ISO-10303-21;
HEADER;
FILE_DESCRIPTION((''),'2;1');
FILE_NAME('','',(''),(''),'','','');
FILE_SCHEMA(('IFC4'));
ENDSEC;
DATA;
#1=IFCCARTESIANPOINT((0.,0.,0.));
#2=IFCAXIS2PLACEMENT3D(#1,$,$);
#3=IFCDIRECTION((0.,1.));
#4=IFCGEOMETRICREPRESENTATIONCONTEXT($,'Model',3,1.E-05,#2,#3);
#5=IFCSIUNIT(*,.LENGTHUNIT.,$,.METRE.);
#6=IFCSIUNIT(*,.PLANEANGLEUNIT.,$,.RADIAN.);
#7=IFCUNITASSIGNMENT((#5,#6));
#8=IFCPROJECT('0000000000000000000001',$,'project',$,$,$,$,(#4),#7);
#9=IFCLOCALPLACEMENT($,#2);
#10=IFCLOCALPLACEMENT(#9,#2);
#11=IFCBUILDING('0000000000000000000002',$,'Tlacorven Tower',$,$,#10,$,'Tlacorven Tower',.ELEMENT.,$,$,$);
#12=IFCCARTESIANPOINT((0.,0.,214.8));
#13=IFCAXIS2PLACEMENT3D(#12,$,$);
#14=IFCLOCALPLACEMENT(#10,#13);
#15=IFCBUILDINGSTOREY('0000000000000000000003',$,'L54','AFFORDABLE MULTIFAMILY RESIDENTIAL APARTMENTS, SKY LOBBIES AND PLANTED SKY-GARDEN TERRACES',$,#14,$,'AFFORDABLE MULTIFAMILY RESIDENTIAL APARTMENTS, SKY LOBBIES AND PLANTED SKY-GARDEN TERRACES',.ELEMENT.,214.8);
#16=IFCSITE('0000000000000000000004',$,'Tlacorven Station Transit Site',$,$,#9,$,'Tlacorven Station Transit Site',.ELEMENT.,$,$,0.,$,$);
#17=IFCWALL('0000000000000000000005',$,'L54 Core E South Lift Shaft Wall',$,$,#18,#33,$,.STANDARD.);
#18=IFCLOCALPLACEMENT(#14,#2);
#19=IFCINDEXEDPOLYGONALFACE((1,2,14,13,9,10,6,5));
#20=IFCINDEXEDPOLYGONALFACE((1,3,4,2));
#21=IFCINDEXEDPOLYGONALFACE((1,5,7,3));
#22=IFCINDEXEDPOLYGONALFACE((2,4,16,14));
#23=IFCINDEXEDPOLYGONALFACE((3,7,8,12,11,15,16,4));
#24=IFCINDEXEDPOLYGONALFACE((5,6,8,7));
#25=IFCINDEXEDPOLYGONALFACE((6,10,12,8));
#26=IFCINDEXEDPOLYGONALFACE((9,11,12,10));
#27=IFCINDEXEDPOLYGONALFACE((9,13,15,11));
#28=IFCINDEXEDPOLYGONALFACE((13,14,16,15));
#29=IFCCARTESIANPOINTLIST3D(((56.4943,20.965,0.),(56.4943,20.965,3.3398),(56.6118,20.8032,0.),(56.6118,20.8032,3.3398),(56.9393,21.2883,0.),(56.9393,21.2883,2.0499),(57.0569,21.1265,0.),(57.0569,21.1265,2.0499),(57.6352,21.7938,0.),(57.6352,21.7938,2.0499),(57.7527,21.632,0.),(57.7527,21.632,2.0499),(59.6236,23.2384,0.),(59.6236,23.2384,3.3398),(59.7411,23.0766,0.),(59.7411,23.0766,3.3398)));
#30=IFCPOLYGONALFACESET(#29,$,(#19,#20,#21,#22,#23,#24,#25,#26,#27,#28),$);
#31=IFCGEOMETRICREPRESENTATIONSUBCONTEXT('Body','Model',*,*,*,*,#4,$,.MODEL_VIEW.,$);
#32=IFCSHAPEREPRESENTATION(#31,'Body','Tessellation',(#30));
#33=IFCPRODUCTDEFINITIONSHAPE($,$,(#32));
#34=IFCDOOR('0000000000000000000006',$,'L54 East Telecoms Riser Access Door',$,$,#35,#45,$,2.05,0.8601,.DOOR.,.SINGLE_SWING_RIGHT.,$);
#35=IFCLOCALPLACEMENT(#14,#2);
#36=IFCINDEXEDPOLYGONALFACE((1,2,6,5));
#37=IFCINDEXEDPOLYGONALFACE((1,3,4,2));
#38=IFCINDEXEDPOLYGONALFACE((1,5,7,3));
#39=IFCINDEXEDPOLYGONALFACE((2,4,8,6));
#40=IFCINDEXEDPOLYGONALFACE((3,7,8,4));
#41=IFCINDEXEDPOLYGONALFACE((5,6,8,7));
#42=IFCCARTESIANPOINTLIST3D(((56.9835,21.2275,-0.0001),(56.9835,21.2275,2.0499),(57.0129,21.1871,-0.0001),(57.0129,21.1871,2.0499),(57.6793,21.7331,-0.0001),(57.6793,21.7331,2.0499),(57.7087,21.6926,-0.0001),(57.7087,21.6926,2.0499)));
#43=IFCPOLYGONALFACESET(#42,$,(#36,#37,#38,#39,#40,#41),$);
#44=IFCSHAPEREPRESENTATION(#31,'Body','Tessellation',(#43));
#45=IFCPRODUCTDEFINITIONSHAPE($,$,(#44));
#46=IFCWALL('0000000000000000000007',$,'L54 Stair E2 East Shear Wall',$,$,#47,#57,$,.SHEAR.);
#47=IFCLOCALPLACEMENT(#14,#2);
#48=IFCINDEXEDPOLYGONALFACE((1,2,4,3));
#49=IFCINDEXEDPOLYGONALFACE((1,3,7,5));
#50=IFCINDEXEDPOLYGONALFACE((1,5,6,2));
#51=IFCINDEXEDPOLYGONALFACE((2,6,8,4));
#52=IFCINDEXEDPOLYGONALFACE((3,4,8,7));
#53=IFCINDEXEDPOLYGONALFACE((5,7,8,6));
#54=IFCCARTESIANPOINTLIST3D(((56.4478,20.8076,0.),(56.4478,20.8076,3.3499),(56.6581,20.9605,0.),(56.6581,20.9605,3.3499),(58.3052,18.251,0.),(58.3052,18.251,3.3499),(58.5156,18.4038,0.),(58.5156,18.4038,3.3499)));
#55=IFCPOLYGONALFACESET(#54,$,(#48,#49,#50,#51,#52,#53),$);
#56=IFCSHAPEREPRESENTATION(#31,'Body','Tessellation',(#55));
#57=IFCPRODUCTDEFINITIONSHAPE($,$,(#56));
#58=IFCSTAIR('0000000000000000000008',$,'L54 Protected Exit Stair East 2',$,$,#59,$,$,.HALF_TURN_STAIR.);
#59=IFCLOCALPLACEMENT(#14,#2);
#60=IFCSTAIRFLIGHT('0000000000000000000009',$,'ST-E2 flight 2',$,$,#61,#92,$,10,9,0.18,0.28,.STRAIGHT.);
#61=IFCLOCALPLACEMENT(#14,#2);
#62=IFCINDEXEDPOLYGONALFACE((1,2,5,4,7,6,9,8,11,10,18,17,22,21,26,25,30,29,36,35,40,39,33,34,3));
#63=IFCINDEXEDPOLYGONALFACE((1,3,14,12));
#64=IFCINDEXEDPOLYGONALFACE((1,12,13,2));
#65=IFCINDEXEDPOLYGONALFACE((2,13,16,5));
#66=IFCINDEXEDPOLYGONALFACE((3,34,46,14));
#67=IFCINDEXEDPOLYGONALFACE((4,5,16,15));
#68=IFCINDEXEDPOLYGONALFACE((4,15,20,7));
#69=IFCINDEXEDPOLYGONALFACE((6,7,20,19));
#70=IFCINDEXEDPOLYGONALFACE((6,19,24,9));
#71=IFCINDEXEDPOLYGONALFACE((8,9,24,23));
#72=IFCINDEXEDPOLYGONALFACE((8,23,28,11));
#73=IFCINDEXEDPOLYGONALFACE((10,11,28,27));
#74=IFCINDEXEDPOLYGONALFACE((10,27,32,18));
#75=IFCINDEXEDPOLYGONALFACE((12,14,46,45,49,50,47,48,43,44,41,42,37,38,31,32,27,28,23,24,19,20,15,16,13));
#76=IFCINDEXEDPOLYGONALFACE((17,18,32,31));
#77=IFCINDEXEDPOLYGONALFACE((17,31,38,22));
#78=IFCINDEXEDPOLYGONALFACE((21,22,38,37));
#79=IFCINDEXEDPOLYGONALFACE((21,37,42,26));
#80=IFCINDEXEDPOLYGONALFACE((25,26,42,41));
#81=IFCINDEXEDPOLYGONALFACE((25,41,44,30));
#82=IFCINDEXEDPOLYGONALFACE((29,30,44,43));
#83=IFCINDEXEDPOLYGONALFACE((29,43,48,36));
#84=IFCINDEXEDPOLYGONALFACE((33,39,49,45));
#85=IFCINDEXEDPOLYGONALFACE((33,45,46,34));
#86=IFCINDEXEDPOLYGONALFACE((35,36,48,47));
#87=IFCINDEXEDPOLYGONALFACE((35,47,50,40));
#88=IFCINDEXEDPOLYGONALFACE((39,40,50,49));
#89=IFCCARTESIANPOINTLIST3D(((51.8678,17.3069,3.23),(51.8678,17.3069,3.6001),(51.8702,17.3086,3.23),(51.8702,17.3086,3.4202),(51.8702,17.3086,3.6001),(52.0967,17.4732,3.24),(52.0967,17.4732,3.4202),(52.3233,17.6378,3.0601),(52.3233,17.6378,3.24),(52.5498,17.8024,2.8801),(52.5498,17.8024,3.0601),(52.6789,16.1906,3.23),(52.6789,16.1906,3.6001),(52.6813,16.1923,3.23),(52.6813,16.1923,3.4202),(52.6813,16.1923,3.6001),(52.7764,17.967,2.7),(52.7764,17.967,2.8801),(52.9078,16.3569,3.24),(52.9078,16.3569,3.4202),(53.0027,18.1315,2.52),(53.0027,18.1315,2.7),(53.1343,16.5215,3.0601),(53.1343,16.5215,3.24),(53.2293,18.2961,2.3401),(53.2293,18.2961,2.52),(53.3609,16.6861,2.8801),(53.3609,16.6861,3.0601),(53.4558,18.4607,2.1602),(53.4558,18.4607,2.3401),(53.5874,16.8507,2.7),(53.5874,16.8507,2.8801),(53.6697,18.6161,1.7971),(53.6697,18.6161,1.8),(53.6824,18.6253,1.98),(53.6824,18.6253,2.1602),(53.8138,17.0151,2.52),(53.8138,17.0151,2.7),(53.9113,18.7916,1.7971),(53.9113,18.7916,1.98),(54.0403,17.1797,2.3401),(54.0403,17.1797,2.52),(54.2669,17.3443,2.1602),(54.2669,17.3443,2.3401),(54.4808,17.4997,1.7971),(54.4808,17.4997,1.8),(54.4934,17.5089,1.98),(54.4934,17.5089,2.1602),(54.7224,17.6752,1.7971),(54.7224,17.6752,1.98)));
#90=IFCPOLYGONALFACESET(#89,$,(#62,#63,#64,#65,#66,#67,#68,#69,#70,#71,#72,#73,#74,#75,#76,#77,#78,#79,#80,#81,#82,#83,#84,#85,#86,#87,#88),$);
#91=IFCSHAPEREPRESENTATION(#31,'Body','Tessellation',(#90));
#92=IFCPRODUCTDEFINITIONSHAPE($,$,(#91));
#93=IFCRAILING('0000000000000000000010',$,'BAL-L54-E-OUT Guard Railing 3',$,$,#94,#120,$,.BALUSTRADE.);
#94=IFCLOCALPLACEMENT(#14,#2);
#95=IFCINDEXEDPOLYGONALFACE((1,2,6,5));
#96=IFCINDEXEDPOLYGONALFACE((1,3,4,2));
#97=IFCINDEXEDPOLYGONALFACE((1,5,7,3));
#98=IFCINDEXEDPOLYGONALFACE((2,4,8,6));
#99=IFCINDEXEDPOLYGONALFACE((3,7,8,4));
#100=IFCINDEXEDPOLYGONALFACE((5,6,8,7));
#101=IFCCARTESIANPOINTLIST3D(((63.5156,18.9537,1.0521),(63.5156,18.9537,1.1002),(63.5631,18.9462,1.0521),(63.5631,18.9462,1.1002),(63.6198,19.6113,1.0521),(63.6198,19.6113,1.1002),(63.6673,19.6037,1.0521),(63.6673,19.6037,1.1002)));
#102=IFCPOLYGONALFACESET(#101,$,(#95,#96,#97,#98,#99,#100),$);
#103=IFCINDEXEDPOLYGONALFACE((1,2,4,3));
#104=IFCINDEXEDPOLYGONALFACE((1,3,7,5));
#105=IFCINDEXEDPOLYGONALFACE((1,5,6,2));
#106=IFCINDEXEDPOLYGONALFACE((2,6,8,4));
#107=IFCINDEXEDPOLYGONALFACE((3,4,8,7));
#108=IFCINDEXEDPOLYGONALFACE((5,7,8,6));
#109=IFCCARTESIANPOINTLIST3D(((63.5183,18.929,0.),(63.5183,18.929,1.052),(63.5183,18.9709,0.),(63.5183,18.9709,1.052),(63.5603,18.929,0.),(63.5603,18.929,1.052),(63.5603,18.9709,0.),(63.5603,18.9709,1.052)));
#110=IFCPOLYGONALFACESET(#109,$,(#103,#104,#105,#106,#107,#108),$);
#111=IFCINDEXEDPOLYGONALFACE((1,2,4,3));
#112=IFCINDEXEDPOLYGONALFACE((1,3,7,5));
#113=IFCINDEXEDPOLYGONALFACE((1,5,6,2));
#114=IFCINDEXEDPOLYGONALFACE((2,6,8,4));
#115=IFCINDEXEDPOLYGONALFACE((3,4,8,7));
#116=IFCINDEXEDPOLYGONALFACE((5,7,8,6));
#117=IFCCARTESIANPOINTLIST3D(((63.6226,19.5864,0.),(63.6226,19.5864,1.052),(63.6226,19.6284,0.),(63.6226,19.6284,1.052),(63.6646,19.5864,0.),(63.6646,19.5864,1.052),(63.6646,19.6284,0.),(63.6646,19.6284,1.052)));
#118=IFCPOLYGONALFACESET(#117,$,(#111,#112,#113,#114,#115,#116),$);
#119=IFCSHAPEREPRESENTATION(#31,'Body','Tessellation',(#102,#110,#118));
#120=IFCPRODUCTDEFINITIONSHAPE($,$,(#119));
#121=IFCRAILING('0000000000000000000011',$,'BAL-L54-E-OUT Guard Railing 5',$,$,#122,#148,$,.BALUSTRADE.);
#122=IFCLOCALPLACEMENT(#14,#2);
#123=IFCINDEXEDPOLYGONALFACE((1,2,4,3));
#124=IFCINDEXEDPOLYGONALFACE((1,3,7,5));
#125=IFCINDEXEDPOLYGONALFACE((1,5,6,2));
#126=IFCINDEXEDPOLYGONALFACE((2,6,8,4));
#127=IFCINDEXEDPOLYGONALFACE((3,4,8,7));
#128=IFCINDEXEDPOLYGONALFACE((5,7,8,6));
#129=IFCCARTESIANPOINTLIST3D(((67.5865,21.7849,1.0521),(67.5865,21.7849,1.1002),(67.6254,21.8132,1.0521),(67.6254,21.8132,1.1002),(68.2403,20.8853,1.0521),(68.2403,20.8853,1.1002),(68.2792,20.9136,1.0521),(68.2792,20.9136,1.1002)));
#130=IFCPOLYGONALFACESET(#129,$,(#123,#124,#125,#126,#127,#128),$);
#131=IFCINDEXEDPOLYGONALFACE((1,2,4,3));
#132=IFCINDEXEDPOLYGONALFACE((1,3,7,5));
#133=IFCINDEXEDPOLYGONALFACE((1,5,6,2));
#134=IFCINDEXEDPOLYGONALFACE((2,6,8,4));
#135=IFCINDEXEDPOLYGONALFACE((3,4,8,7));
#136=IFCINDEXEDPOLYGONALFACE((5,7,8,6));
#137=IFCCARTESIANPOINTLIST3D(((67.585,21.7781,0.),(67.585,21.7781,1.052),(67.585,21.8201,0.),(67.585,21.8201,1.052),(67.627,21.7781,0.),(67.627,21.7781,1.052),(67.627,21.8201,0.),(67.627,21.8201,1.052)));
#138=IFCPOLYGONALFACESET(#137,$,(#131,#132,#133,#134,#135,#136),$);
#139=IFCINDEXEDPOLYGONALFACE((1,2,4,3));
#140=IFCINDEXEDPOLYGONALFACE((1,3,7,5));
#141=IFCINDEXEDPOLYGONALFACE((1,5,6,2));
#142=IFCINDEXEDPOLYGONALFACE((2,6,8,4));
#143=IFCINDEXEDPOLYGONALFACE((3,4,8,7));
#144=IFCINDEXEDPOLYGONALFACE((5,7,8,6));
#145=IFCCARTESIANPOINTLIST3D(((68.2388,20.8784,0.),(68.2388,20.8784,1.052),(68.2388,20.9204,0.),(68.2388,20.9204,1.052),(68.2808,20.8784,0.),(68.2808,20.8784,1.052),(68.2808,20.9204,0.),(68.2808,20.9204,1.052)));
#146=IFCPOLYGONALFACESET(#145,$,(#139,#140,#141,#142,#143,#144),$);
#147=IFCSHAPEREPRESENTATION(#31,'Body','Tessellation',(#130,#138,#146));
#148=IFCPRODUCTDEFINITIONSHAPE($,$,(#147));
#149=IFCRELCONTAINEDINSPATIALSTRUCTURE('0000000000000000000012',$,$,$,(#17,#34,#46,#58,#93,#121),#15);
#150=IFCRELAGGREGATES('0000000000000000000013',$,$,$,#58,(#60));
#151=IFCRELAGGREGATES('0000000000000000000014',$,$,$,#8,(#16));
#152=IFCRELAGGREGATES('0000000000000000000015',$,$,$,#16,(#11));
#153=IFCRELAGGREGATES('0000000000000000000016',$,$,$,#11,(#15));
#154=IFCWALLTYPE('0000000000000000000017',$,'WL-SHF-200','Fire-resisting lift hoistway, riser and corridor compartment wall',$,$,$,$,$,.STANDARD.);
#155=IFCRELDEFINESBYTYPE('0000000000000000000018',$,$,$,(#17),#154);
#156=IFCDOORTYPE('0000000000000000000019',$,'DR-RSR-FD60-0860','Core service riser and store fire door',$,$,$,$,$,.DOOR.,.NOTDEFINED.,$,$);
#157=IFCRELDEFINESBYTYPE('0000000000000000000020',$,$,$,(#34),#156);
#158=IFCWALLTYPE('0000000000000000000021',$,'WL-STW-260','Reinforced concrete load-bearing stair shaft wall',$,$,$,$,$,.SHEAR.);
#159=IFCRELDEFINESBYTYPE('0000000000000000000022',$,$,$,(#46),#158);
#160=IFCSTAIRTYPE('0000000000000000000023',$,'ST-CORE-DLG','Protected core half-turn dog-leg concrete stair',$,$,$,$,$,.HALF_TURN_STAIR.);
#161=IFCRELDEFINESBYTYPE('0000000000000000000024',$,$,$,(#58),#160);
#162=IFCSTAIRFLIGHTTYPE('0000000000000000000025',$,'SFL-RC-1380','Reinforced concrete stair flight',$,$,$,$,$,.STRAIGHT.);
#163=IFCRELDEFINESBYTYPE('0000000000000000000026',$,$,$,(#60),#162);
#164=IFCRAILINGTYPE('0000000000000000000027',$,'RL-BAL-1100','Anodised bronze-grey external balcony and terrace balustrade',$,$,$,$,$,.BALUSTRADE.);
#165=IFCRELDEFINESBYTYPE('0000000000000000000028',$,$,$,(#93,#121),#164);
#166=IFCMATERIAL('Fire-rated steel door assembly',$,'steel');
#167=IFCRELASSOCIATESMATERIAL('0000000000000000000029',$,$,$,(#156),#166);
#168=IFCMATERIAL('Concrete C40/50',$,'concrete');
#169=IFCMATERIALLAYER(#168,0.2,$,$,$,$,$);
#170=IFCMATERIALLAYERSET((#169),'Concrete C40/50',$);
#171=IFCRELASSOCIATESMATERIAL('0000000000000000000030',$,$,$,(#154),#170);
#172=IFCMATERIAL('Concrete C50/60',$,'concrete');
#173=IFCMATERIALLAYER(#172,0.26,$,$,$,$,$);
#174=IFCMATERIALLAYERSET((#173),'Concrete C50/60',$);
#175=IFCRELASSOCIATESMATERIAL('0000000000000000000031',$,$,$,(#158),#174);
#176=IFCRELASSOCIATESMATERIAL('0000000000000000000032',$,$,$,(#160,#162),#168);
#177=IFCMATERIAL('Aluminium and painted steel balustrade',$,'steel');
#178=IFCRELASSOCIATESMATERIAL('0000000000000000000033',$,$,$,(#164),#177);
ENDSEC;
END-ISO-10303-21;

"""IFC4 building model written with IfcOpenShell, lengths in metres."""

from ifc_helpers import new_model, si_unit, direction, frame, frame_2d, origin, origin_2d, place, context, subcontext, project, spatial, polyline, rectangle, outline, extrude, source, transform, mapped, material, layer, layer_set, type_object, element, fill, aggregate, save


model = new_model("IFC4")

# Units and contexts
model_context = context("Model", 3, precision=1e-05, world=origin(), true_north=direction((0.0, 1.0)))
body_context = subcontext(model_context, "Body", "Model", "MODEL_VIEW")
ifc_project = project(units=[si_unit("LENGTHUNIT", "METRE"), si_unit("PLANEANGLEUNIT", "RADIAN")], contexts=[model_context])

# Site, building, storey
site_placement = place(None, origin())
site = spatial("IfcSite", under=ifc_project, at=site_placement, Name="Tlacorven Station Transit Site", LongName="Tlacorven Station Transit Site", CompositionType="ELEMENT", RefElevation=0.0)
building_placement = place(site_placement, origin())
building = spatial("IfcBuilding", under=site, at=building_placement, Name="Tlacorven Tower", LongName="Tlacorven Tower", CompositionType="ELEMENT")
storey_placement = place(building_placement, frame((0.0, 0.0, 214.8)))
storey = spatial("IfcBuildingStorey", under=building, at=storey_placement, Name="L54", Description="AFFORDABLE MULTIFAMILY RESIDENTIAL APARTMENTS, SKY LOBBIES AND PLANTED SKY-GARDEN TERRACES", LongName="AFFORDABLE MULTIFAMILY RESIDENTIAL APARTMENTS, SKY LOBBIES AND PLANTED SKY-GARDEN TERRACES", CompositionType="ELEMENT", Elevation=214.8)

# Shared definitions
ifc_material_1 = material(Name="Concrete C50/60", Category="concrete")

# Shared definitions
ifc_material_2 = material(Name="Fire-rated steel door assembly", Category="steel")
door_type = type_object("IfcDoorType", Name="DR-RSR-FD60-0860", Description="Core service riser and store fire door", OperationType="NOTDEFINED", PredefinedType="DOOR", material=ifc_material_2)
shared_shape_1 = source(origin(), body_context, "Body", "SweptSolid", [
    extrude(rectangle(XDim=0.8601, YDim=2.05, at=frame_2d((0.4302, 1.0249))), frame((0.0, 0.0249, 0.0), z_axis=(0.0, -1.0, 0.0), x_axis=(1.0, 0.0, 0.0)), (0.0, 0.0, 1.0), 0.05),
])

# Wall, opening, door
ifc_material_3 = material(Name="Concrete C40/50", Category="concrete")
ifc_layer_1 = layer(ifc_material_3, 0.2)
ifc_layer_set_1 = layer_set([ifc_layer_1], Name="Concrete C40/50")
wall_type_1 = type_object("IfcWallType", Name="WL-SHF-200", Description="Fire-resisting lift hoistway, riser and corridor compartment wall", PredefinedType="STANDARD", material=ifc_layer_set_1)
wall_1_placement = place(storey_placement, frame((56.553, 20.884, 0.0), z_axis=(0.0, 0.0, 1.0), x_axis=(0.809042, 0.587751, 0.0)))
wall_1 = element("IfcWall", 1, at=wall_1_placement, inside=storey, type_object=wall_type_1, Name="L54 Core E South Lift Shaft Wall", PredefinedType="STANDARD", context=body_context, shape_type="SweptSolid", body=[
    extrude(rectangle(XDim=3.8679, YDim=0.2, at=frame_2d((1.9341, 0.0))), origin(), (0.0, 0.0, 1.0), 3.3398),
])
opening_1_placement = place(wall_1_placement, frame((0.55, 0.0, 0.0)))
opening_1 = element("IfcOpeningElement", 2, at=opening_1_placement, cuts=wall_1, PredefinedType="OPENING", context=body_context, shape_type="SweptSolid", body=[
    extrude(rectangle(XDim=0.8601, YDim=2.05, at=frame_2d((0.4302, 1.0249))), frame((0.0, 0.1099, 0.0), z_axis=(0.0, -1.0, 0.0), x_axis=(1.0, 0.0, 0.0)), (0.0, 0.0, 1.0), 0.22),
])
door_1_placement = place(opening_1_placement, origin())
door_1 = element("IfcDoor", 3, at=door_1_placement, inside=storey, type_object=door_type, Name="L54 East Telecoms Riser Access Door", OperationType="SINGLE_SWING_RIGHT", OverallHeight=2.05, OverallWidth=0.8601, PredefinedType="DOOR", context=body_context, shape_type="MappedRepresentation", body=[
    mapped(shared_shape_1, transform((0.0, 0.0, 0.0), scale=1.0)),
])
fill(opening_1, door_1)

# Wall
ifc_layer_2 = layer(ifc_material_1, 0.26)
ifc_layer_set_2 = layer_set([ifc_layer_2], Name="Concrete C50/60")
wall_type_2 = type_object("IfcWallType", Name="WL-STW-260", Description="Reinforced concrete load-bearing stair shaft wall", PredefinedType="SHEAR", material=ifc_layer_set_2)
wall_2_placement = place(storey_placement, frame((58.4104, 18.3274, 0.0), z_axis=(0.0, 0.0, 1.0), x_axis=(-0.587767, 0.80903, 0.0)))
element("IfcWall", 4, at=wall_2_placement, inside=storey, type_object=wall_type_2, Name="L54 Stair E2 East Shear Wall", PredefinedType="SHEAR", context=body_context, shape_type="SweptSolid", body=[
    extrude(rectangle(XDim=3.1602, YDim=0.26, at=frame_2d((1.5801, 0.0))), origin(), (0.0, 0.0, 1.0), 3.3499),
])

# Stair, stair flight
stair_type = type_object("IfcStairType", Name="ST-CORE-DLG", Description="Protected core half-turn dog-leg concrete stair", PredefinedType="HALF_TURN_STAIR", material=ifc_material_3)
stair_placement = place(storey_placement, origin())
stair = element("IfcStair", 5, at=stair_placement, inside=storey, type_object=stair_type, Name="L54 Protected Exit Stair East 2", PredefinedType="HALF_TURN_STAIR")
stair_flight_type = type_object("IfcStairFlightType", Name="SFL-RC-1380", Description="Reinforced concrete stair flight", PredefinedType="STRAIGHT", material=ifc_material_3)
shared_shape_2 = source(origin(), body_context, "Body", "SweptSolid", [
    extrude(outline(polyline([(-0.0029, -0.0029), (-0.0029, 0.1799), (0.28, 0.1799), (0.28, 0.3601), (0.5601, 0.3601), (0.5601, 0.54), (0.8401, 0.54), (0.8401, 0.72), (1.1201, 0.72), (1.1201, 0.8999), (1.3999, 0.8999), (1.3999, 1.0801), (1.6799, 1.0801), (1.6799, 1.26), (1.96, 1.26), (1.96, 1.4399), (2.24, 1.4399), (2.24, 1.6201), (2.52, 1.6201), (2.52, 1.8), (2.5229, 1.8), (2.5229, 1.4299), (2.52, 1.4299), (0.2957, 0.0), (0.2957, -0.0029), (-0.0029, -0.0029)])), frame((0.0, 0.6899, 0.0), z_axis=(0.0, -1.0, 0.0), x_axis=(1.0, 0.0, 0.0)), (0.0, 0.0, 1.0), 1.3799),
])
stair_flight_placement = place(storey_placement, frame((54.3145, 18.2317, 1.8), z_axis=(0.0, 0.0, 1.0), x_axis=(-0.809017, -0.587785, 0.0)))
stair_flight = element("IfcStairFlight", 6, at=stair_flight_placement, type_object=stair_flight_type, Name="ST-E2 flight 2", NumberOfRisers=10, NumberOfTreads=9, PredefinedType="STRAIGHT", RiserHeight=0.18, TreadLength=0.28, context=body_context, shape_type="MappedRepresentation", body=[
    mapped(shared_shape_2, transform((0.0, 0.0, 0.0), scale=1.0)),
])
aggregate(stair, [stair_flight])

# Railings
ifc_material_4 = material(Name="Aluminium and painted steel balustrade", Category="steel")
railing_type_1 = type_object("IfcRailingType", Name="RL-BAL-1100", Description="Anodised bronze-grey external balcony and terrace balustrade", PredefinedType="BALUSTRADE", material=ifc_material_4)
shared_shape_3 = source(origin(), body_context, "Body", "SweptSolid", [
    extrude(rectangle(XDim=0.0481, YDim=0.0481, at=origin_2d()), frame((0.0, 0.0, 1.0762), z_axis=(0.156603, 0.987662, 0.0), x_axis=(-0.987662, 0.156603, 0.0)), (0.0, 0.0, 1.0), 0.6658),
    extrude(rectangle(XDim=0.042, YDim=0.042, at=origin_2d()), origin(), (0.0, 0.0, 1.0), 1.052),
    extrude(rectangle(XDim=0.042, YDim=0.042, at=origin_2d()), frame((0.1042, 0.6575, 0.0)), (0.0, 0.0, 1.0), 1.052),
])
railing_1_placement = place(storey_placement, frame((63.5393, 18.95, 0.0)))
element("IfcRailing", 7, at=railing_1_placement, inside=storey, type_object=railing_type_1, Name="BAL-L54-E-OUT Guard Railing 3", PredefinedType="BALUSTRADE", context=body_context, shape_type="MappedRepresentation", body=[
    mapped(shared_shape_3, transform((0.0, 0.0, 0.0), scale=1.0)),
])
shared_shape_4 = source(origin(), body_context, "Body", "SweptSolid", [
    extrude(rectangle(XDim=0.0481, YDim=0.0481, at=origin_2d()), frame((0.0, 0.0, 1.0762), z_axis=(0.587884, -0.808945, 0.0), x_axis=(0.808945, 0.587884, 0.0)), (0.0, 0.0, 1.0), 1.1121),
    extrude(rectangle(XDim=0.042, YDim=0.042, at=origin_2d()), origin(), (0.0, 0.0, 1.0), 1.052),
    extrude(rectangle(XDim=0.042, YDim=0.042, at=origin_2d()), frame((0.6538, -0.8997, 0.0)), (0.0, 0.0, 1.0), 1.052),
])
railing_2_placement = place(storey_placement, frame((67.606, 21.7991, 0.0)))
element("IfcRailing", 8, at=railing_2_placement, inside=storey, type_object=railing_type_1, Name="BAL-L54-E-OUT Guard Railing 5", PredefinedType="BALUSTRADE", context=body_context, shape_type="MappedRepresentation", body=[
    mapped(shared_shape_4, transform((0.0, 0.0, 0.0), scale=1.0)),
])

save(model, "model.ifc")
